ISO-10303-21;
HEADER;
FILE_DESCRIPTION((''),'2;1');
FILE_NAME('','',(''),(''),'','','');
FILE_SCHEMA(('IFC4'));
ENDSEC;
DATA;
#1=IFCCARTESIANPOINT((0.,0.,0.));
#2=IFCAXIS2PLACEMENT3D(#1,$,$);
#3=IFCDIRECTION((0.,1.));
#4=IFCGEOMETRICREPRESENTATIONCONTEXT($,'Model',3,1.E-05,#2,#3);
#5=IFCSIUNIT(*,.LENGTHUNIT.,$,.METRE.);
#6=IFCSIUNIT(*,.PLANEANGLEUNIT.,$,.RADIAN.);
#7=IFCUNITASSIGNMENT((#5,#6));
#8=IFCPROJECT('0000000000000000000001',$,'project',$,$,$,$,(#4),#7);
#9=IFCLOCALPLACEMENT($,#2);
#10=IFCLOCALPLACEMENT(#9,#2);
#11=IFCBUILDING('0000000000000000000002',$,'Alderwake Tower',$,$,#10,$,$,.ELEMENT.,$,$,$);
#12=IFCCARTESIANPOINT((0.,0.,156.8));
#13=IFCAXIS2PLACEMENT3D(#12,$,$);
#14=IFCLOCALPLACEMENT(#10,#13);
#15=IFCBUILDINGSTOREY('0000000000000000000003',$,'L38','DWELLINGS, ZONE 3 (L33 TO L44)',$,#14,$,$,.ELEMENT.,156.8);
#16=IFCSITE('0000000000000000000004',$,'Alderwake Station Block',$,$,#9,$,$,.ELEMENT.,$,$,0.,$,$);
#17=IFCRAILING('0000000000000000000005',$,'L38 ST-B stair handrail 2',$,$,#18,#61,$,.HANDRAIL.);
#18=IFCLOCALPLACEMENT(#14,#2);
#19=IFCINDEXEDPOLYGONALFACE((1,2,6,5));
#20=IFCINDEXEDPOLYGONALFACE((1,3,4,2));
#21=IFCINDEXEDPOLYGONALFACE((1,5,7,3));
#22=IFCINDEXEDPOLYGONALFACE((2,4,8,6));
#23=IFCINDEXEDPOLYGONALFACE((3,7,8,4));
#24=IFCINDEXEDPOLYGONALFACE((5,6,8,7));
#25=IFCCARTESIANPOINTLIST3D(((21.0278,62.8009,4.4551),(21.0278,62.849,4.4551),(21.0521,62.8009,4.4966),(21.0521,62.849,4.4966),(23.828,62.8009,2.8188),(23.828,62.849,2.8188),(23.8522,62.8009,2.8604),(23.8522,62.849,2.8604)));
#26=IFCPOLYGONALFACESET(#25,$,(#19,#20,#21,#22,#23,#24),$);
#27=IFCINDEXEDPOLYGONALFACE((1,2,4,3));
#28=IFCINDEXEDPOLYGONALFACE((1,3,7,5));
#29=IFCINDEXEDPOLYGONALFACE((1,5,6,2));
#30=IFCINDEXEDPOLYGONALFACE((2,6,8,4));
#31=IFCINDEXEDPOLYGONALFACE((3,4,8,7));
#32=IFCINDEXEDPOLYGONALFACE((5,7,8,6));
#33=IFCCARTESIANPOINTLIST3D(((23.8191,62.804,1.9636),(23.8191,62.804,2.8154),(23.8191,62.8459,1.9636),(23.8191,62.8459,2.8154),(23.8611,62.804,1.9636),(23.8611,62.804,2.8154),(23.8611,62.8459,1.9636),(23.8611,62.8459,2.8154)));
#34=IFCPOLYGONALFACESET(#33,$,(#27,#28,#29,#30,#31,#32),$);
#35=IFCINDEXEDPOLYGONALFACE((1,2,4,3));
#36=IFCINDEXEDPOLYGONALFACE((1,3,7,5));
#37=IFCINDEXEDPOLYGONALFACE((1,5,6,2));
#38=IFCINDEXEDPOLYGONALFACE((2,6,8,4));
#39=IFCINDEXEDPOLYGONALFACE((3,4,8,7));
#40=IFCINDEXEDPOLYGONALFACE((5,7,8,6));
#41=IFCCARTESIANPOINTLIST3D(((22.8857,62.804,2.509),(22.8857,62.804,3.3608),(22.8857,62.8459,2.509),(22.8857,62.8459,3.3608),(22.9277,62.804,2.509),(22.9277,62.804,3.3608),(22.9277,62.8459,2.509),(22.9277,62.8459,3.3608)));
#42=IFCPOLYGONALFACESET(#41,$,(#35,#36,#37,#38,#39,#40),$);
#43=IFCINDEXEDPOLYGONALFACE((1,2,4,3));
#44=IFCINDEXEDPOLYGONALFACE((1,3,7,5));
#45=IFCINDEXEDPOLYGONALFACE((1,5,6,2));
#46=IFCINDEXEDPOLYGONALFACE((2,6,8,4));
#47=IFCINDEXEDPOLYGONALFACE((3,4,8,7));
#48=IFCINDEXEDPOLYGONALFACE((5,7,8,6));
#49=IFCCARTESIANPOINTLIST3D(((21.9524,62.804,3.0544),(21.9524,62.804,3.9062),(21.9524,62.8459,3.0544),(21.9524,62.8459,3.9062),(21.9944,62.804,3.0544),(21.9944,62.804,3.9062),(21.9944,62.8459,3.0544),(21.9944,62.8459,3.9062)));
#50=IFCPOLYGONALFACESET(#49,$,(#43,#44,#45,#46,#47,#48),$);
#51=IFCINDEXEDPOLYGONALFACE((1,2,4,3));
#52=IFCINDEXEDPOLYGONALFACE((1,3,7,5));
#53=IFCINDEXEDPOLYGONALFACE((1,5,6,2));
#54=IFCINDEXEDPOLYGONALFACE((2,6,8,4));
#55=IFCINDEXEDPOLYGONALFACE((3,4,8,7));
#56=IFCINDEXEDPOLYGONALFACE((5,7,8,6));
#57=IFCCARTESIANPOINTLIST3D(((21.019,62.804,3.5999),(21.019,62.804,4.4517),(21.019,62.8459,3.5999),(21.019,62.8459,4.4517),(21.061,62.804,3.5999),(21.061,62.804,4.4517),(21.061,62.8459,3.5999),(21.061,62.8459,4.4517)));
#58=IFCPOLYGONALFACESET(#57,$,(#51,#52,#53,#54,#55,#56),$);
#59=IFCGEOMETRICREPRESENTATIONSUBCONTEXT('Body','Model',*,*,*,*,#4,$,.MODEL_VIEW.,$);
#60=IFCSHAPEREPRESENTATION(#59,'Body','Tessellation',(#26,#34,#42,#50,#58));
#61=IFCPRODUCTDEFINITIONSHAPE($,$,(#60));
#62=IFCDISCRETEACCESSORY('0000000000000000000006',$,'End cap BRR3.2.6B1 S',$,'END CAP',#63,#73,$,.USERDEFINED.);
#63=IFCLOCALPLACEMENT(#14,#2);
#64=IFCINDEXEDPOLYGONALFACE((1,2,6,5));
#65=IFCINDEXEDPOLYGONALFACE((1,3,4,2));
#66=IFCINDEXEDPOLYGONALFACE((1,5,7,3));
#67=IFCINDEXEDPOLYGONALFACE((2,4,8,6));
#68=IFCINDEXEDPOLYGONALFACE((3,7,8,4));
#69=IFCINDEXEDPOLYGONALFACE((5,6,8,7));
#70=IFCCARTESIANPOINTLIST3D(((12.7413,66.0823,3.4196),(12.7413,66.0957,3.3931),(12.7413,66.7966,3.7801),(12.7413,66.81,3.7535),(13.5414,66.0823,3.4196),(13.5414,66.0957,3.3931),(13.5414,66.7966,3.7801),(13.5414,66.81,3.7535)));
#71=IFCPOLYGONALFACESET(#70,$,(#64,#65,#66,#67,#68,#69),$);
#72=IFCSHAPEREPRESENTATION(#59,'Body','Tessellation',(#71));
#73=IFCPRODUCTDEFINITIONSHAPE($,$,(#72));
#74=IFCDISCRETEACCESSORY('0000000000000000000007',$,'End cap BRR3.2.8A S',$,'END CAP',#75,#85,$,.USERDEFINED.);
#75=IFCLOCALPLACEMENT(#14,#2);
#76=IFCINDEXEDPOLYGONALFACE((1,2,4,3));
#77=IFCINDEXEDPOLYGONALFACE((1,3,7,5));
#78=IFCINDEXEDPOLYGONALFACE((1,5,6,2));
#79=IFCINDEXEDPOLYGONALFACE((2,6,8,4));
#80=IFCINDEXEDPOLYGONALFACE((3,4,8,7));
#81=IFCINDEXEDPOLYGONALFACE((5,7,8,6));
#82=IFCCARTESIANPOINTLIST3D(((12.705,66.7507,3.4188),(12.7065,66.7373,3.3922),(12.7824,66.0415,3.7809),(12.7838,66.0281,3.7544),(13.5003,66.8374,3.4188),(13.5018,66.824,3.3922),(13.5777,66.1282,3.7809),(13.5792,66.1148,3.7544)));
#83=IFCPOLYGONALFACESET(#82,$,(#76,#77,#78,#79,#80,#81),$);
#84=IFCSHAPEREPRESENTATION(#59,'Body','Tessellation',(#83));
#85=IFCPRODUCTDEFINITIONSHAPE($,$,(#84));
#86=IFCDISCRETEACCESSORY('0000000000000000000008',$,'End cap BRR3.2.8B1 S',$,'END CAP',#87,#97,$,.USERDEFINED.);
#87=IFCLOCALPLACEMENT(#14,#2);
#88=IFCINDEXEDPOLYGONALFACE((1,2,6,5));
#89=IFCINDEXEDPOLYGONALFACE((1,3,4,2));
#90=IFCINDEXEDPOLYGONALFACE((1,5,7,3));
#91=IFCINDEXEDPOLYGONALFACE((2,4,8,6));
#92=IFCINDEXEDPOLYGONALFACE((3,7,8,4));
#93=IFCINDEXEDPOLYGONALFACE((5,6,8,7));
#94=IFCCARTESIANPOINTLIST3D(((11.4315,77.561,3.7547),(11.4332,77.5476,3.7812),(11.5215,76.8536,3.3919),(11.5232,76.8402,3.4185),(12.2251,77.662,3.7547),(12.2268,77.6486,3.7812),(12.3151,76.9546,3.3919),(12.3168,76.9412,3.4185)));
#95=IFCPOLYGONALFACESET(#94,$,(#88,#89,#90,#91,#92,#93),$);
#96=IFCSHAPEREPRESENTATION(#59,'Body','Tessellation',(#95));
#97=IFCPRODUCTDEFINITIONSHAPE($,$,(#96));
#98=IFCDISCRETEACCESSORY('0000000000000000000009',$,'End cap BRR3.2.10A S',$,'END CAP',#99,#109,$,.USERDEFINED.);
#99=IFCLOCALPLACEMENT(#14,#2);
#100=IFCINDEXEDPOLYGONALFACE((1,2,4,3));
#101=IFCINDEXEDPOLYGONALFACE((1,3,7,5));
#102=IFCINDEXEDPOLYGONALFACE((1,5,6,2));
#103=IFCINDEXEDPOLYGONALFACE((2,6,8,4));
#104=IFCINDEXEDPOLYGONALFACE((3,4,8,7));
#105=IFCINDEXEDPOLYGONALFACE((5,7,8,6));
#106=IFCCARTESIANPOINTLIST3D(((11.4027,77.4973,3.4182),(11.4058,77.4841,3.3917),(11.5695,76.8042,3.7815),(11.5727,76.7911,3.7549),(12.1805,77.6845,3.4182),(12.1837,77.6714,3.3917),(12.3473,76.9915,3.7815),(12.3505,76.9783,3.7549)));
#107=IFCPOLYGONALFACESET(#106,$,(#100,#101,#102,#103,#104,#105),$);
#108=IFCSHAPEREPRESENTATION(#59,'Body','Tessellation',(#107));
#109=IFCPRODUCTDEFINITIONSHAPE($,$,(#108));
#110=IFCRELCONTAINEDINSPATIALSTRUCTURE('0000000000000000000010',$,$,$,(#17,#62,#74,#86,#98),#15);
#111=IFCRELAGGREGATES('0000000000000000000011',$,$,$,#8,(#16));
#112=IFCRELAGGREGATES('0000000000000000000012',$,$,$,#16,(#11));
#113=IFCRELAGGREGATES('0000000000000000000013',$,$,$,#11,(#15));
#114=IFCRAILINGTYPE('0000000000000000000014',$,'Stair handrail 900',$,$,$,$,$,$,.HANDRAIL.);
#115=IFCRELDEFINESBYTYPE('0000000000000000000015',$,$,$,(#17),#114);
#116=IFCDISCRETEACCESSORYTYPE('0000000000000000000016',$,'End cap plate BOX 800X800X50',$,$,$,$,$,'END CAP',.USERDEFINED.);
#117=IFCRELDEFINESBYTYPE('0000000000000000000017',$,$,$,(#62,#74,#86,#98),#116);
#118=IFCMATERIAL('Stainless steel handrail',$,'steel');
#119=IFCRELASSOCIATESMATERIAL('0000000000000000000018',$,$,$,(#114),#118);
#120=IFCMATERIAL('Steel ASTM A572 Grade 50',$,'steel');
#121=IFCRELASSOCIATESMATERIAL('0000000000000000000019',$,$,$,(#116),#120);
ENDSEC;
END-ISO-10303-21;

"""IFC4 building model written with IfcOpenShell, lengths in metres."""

from ifc_helpers import new_model, si_unit, direction, frame, origin, origin_2d, place, context, subcontext, project, spatial, rectangle, extrude, material, material_profile, profile_set, type_object, element, save


model = new_model("IFC4")

# Units and contexts
model_context = context("Model", 3, precision=1e-05, world=origin(), true_north=direction((0.0, 1.0)))
body_context = subcontext(model_context, "Body", "Model", "MODEL_VIEW")
ifc_project = project(units=[si_unit("LENGTHUNIT", "METRE"), si_unit("PLANEANGLEUNIT", "RADIAN")], contexts=[model_context])

# Site, building, storey
site_placement = place(None, origin())
site = spatial("IfcSite", under=ifc_project, at=site_placement, Name="Alderwake Station Block", CompositionType="ELEMENT", RefElevation=0.0)
building_placement = place(site_placement, origin())
building = spatial("IfcBuilding", under=site, at=building_placement, Name="Alderwake Tower", CompositionType="ELEMENT")
storey_placement = place(building_placement, frame((0.0, 0.0, 156.8)))
storey = spatial("IfcBuildingStorey", under=building, at=storey_placement, Name="L38", Description="DWELLINGS, ZONE 3 (L33 TO L44)", CompositionType="ELEMENT", Elevation=156.8)

# Railing
ifc_material_1 = material(Name="Stainless steel handrail", Category="steel")
railing_type = type_object("IfcRailingType", Name="Stair handrail 900", PredefinedType="HANDRAIL", material=ifc_material_1)
railing_placement = place(storey_placement, frame((23.8401, 62.825, 1.9636)))
element("IfcRailing", 1, at=railing_placement, inside=storey, type_object=railing_type, Name="L38 ST-B stair handrail 2", PredefinedType="HANDRAIL", context=body_context, shape_type="SweptSolid", body=[
    extrude(rectangle(XDim=0.0481, YDim=0.0481, at=origin_2d()), frame((0.0, 0.0, 0.876), z_axis=(-0.863394, 0.0, 0.504531), x_axis=(0.0, -1.0, 0.0)), (0.0, 0.0, 1.0), 3.2432),
    extrude(rectangle(XDim=0.042, YDim=0.042, at=origin_2d()), frame((0.0, 0.0, 0.0), z_axis=(0.0, 0.0, 1.0), x_axis=(-1.0, 0.0, 0.0)), (0.0, 0.0, 1.0), 0.8518),
    extrude(rectangle(XDim=0.042, YDim=0.042, at=origin_2d()), frame((-0.9333, 0.0, 0.5454), z_axis=(0.0, 0.0, 1.0), x_axis=(-1.0, 0.0, 0.0)), (0.0, 0.0, 1.0), 0.8518),
    extrude(rectangle(XDim=0.042, YDim=0.042, at=origin_2d()), frame((-1.8667, 0.0, 1.0908), z_axis=(0.0, 0.0, 1.0), x_axis=(-1.0, 0.0, 0.0)), (0.0, 0.0, 1.0), 0.8518),
    extrude(rectangle(XDim=0.042, YDim=0.042, at=origin_2d()), frame((-2.8, 0.0, 1.6362), z_axis=(0.0, 0.0, 1.0), x_axis=(-1.0, 0.0, 0.0)), (0.0, 0.0, 1.0), 0.8518),
])

# Discrete accessories
ifc_material_2 = material(Name="Steel ASTM A572 Grade 50", Category="steel")
ifc_material_profile = material_profile(ifc_material_2, rectangle(XDim=0.8, YDim=0.8, at=origin_2d()), Name="BOX 800X800X50 cap")
ifc_profile_set = profile_set([ifc_material_profile], Name="Steel ASTM A572 Grade 50")
discrete_accessory_type = type_object("IfcDiscreteAccessoryType", Name="End cap plate BOX 800X800X50", ElementType="END CAP", PredefinedType="USERDEFINED", material=ifc_profile_set)
for number, where, z_axis, x_axis, name in (
    (2, (13.1414, 66.4395, 3.5999), (0.0, 0.450487, -0.892783), (-1.0, 0.0, 0.0), "End cap BRR3.2.6B1 S"),
    (3, (13.1414, 66.4395, 3.5999), (0.049085, -0.449944, -0.891707), (0.994102, 0.108448, 0.0), "End cap BRR3.2.8A S"),
    (4, (11.875, 77.2444, 3.5999), (-0.057241, 0.449748, -0.891319), (-0.991998, -0.126254, 0.0), "End cap BRR3.2.8B1 S"),
    (5, (11.875, 77.2444, 3.5999), (0.106265, -0.441409, -0.890992), (0.972224, 0.234054, 0.0), "End cap BRR3.2.10A S"),
):
    element("IfcDiscreteAccessory", number, at=place(storey_placement, frame(where, z_axis=z_axis, x_axis=x_axis)), inside=storey, type_object=discrete_accessory_type, Name=name, ObjectType="END CAP", PredefinedType="USERDEFINED", context=body_context, shape_type="SweptSolid", body=[
        extrude(rectangle(XDim=0.8, YDim=0.8, at=origin_2d()), origin(), (0.0, 0.0, 1.0), 0.0298),
    ])

save(model, "model.ifc")
